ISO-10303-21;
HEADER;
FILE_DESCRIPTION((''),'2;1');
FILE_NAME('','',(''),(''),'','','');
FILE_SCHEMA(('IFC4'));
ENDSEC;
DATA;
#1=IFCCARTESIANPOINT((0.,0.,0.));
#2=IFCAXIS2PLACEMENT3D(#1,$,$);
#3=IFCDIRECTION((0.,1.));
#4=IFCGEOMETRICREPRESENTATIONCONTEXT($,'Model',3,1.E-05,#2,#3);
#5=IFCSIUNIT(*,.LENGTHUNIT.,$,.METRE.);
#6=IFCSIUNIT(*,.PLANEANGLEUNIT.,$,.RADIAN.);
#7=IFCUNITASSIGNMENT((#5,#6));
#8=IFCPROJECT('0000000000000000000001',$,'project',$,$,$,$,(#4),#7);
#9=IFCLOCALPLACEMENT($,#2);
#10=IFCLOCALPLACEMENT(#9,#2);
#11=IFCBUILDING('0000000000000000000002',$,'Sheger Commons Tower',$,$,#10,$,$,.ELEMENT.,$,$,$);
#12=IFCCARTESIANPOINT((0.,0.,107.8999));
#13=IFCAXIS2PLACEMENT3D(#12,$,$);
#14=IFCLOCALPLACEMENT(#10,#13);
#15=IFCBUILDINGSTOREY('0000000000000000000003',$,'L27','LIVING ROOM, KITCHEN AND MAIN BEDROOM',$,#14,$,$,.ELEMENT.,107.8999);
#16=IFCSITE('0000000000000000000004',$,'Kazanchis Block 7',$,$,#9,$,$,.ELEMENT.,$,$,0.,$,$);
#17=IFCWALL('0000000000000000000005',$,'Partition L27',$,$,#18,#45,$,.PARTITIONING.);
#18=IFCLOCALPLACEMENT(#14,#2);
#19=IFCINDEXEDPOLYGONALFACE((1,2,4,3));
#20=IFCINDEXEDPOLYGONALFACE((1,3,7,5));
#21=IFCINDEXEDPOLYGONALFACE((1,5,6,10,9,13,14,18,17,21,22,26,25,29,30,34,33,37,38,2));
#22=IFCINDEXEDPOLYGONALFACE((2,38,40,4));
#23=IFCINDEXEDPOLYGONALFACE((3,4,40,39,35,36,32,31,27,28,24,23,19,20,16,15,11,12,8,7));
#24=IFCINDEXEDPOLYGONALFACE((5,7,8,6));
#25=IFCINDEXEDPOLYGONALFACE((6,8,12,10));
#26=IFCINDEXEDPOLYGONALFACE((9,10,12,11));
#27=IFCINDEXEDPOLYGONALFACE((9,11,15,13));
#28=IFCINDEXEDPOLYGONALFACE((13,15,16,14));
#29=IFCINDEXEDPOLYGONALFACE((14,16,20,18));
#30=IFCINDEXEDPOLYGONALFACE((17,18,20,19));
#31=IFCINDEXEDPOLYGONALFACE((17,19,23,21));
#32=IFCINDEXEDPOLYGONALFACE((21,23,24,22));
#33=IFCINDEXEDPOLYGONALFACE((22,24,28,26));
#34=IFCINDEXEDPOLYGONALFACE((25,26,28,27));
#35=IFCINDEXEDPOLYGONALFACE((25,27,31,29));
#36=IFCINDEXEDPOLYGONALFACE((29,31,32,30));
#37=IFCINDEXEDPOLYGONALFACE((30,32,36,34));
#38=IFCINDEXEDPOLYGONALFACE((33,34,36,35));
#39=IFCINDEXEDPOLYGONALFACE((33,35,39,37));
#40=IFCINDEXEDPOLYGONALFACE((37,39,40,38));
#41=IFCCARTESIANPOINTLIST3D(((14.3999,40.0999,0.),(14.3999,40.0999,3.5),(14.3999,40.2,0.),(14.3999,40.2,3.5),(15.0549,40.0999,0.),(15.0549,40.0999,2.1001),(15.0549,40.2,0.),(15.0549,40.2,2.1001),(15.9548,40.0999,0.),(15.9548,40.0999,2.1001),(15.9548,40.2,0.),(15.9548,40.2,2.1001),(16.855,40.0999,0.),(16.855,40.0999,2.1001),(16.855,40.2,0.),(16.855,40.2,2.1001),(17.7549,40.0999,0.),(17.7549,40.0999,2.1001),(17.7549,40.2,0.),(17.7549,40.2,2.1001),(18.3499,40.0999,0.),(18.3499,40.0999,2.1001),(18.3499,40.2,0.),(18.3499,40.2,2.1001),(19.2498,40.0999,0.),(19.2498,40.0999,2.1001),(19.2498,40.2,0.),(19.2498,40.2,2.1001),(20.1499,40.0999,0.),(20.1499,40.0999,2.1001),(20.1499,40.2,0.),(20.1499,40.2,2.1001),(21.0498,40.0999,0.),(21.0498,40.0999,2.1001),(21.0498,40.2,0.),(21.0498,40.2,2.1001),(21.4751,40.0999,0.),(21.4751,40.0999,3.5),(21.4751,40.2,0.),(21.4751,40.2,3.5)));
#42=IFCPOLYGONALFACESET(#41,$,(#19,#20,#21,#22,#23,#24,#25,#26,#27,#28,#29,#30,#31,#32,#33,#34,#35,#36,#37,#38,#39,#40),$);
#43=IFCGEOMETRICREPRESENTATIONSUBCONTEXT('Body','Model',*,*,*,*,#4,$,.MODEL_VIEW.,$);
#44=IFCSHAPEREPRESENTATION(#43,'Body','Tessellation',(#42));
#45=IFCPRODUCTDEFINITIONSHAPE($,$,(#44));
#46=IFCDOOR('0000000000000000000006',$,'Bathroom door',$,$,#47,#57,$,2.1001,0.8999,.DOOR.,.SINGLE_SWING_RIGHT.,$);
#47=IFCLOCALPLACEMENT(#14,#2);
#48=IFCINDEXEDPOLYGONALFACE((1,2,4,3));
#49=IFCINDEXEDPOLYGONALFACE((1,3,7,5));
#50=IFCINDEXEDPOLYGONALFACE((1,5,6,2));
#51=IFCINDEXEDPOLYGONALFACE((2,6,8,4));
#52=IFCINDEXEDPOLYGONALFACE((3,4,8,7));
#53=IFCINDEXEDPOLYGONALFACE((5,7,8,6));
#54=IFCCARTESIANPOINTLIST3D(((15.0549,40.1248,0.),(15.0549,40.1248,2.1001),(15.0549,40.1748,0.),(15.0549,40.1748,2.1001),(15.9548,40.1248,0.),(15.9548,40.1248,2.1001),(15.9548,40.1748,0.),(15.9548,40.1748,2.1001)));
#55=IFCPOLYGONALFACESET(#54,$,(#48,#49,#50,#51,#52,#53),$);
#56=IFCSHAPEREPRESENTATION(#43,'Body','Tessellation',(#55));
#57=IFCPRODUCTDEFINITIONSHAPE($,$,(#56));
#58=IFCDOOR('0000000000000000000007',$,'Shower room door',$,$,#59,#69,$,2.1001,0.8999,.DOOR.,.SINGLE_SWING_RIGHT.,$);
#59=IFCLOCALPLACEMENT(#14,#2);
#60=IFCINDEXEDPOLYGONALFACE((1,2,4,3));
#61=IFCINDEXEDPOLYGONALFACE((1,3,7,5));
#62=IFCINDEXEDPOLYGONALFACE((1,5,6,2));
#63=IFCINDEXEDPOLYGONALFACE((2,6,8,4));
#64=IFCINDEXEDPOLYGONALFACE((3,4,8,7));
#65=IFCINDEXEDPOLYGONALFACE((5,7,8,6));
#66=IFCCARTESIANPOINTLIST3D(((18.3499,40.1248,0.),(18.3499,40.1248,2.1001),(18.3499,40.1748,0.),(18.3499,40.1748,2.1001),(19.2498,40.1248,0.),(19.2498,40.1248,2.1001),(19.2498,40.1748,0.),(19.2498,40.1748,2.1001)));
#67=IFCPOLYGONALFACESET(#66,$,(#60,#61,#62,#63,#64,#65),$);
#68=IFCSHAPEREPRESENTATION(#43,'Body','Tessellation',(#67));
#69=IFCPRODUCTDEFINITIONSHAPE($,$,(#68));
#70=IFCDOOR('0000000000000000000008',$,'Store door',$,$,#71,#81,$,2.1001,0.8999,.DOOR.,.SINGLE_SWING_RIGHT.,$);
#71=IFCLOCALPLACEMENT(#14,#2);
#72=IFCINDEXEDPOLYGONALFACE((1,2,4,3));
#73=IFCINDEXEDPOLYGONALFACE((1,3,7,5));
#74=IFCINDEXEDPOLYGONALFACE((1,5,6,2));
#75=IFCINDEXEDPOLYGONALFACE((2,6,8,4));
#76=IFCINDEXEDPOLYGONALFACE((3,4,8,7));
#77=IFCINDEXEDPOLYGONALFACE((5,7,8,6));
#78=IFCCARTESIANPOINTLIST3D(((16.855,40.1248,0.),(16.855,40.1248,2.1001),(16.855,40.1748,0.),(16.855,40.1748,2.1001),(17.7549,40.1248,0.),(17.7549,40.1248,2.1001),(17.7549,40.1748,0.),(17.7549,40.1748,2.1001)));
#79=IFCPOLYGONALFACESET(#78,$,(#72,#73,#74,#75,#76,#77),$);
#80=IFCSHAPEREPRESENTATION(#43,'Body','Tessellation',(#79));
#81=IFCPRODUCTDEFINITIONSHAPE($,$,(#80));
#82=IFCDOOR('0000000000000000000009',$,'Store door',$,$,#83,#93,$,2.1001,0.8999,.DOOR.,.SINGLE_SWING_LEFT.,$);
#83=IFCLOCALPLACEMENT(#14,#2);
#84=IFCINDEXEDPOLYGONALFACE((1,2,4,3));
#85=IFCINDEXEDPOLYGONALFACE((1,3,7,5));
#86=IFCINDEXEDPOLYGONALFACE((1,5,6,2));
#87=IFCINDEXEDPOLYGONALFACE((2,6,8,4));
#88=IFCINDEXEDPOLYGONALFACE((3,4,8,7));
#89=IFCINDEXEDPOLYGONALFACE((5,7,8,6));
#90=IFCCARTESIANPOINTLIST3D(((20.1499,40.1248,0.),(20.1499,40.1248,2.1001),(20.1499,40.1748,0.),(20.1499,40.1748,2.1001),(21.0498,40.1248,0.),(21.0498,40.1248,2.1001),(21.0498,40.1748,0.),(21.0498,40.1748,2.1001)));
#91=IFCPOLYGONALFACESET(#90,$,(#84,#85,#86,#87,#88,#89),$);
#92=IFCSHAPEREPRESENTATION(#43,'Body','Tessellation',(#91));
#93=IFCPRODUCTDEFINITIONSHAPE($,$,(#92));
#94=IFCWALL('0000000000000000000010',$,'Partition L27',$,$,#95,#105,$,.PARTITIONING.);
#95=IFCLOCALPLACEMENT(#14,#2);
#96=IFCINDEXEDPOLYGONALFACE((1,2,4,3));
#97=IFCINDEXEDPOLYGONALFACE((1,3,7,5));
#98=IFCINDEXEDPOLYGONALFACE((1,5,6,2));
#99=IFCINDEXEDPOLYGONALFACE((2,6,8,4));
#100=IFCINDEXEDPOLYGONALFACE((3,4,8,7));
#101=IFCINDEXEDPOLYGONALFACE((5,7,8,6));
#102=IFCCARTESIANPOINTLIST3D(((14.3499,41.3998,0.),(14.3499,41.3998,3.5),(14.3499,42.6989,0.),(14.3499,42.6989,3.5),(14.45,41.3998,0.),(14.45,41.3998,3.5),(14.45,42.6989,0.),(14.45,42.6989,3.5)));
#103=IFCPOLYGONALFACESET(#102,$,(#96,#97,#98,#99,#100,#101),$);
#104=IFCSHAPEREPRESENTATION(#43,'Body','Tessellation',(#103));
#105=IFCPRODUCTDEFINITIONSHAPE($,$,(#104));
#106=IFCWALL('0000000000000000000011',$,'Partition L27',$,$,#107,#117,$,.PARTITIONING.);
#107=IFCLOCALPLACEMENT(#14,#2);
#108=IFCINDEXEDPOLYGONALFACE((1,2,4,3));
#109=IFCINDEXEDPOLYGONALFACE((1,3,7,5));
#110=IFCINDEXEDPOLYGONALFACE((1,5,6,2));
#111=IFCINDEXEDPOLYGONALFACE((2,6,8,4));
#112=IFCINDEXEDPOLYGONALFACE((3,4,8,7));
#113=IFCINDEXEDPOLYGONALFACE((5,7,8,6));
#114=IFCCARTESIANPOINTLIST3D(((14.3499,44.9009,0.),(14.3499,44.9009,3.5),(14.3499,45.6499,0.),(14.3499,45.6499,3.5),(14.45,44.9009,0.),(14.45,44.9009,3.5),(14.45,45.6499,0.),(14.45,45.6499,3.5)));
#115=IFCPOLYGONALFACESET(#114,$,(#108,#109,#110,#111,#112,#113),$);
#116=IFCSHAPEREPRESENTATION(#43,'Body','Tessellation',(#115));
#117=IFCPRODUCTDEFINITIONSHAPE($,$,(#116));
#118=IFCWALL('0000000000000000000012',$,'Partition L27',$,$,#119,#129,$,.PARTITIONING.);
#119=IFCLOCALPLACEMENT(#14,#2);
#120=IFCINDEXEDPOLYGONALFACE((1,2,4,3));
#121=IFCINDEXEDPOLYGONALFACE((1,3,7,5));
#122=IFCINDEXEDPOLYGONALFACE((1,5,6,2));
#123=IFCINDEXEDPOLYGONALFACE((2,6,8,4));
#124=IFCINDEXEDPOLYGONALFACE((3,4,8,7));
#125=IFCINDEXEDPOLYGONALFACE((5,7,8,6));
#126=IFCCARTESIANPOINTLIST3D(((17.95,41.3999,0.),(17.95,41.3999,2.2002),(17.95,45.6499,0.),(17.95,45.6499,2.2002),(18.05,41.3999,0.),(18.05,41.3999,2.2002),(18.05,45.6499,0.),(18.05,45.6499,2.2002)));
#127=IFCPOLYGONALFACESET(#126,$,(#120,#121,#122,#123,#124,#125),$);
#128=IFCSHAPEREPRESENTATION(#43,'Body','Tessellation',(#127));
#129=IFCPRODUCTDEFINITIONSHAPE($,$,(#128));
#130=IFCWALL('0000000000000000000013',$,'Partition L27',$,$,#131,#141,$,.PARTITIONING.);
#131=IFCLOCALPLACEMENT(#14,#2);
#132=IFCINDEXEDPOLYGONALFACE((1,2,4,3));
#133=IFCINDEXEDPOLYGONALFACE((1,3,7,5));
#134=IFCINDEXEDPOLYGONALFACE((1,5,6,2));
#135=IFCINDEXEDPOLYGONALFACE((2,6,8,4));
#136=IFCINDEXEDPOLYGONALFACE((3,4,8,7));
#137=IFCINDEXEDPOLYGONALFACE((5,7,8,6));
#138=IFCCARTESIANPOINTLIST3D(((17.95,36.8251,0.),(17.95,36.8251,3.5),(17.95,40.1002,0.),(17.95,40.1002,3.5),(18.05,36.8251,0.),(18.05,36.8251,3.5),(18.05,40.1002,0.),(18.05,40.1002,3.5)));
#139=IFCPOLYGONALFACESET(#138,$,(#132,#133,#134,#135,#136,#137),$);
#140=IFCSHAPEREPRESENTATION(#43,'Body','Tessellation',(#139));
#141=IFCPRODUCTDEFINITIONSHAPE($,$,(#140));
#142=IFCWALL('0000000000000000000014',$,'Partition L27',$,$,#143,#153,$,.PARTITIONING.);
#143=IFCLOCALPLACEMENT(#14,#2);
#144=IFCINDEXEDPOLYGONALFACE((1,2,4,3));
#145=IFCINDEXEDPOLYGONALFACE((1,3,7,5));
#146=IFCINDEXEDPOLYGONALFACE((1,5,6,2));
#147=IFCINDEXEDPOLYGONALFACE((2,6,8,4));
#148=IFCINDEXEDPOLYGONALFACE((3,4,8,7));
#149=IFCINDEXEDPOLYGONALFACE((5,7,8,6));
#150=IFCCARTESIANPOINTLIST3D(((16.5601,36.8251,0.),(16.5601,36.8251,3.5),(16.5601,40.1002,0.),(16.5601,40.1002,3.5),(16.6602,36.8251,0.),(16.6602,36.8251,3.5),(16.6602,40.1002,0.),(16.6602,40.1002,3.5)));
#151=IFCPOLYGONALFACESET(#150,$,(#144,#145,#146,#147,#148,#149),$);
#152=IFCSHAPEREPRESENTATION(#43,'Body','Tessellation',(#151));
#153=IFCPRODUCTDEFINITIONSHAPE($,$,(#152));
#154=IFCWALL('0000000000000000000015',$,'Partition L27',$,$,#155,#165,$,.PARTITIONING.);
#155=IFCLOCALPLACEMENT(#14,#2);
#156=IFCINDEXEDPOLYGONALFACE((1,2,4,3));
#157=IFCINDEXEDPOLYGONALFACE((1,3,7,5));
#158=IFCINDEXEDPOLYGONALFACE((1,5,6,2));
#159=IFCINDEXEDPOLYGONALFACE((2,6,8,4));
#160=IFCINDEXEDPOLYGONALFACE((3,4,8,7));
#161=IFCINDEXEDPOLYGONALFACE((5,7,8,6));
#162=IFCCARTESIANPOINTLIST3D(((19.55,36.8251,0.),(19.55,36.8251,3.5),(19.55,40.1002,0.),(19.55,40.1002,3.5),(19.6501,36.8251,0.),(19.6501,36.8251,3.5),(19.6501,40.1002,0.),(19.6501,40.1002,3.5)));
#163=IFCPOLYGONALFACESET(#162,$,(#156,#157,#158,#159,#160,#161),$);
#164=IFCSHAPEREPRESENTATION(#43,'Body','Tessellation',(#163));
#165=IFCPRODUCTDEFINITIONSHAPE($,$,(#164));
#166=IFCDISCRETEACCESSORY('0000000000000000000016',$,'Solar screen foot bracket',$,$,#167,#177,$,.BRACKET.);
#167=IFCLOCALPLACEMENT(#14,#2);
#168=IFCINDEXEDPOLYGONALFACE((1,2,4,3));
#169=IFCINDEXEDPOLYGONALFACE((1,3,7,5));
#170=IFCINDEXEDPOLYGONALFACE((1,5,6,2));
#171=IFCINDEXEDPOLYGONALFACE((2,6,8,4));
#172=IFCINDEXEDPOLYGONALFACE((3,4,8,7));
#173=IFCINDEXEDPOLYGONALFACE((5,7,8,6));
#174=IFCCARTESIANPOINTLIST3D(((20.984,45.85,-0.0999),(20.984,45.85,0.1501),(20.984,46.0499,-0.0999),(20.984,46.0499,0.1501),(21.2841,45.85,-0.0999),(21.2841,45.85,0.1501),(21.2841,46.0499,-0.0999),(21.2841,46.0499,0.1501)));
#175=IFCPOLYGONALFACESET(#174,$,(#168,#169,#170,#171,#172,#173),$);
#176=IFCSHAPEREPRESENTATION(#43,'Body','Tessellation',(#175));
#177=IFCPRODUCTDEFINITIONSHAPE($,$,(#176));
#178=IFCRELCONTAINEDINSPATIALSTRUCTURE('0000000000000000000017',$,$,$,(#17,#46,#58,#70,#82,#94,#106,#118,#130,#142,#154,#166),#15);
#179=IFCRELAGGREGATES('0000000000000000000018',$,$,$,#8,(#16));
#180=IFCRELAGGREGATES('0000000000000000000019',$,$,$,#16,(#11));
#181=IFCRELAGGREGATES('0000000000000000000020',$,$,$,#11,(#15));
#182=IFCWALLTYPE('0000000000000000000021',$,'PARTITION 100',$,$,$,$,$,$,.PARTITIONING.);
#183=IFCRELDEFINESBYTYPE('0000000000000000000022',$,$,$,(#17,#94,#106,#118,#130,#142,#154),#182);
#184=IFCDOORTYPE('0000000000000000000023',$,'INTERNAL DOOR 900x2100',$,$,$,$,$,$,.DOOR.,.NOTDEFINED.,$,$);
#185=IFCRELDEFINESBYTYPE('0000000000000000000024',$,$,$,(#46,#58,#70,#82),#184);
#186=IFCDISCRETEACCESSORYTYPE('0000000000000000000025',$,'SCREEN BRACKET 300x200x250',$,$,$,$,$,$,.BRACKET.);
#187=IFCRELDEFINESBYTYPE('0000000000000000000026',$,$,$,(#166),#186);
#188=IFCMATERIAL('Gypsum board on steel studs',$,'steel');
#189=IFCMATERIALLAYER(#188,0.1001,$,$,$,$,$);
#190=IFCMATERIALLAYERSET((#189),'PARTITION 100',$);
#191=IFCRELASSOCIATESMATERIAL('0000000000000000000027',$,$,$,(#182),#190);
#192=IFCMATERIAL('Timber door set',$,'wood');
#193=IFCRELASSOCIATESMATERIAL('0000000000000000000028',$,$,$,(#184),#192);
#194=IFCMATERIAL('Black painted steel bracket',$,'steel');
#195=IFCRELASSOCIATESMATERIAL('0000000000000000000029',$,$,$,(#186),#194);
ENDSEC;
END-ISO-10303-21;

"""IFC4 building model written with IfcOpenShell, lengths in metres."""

from ifc_helpers import new_model, si_unit, direction, frame, frame_2d, origin, origin_2d, place, context, subcontext, project, spatial, rectangle, extrude, material, layer, layer_set, type_object, element, fill, save


model = new_model("IFC4")

# Units and contexts
model_context = context("Model", 3, precision=1e-05, world=origin(), true_north=direction((0.0, 1.0)))
body_context = subcontext(model_context, "Body", "Model", "MODEL_VIEW")
ifc_project = project(units=[si_unit("LENGTHUNIT", "METRE"), si_unit("PLANEANGLEUNIT", "RADIAN")], contexts=[model_context])

# Site, building, storey
site_placement = place(None, origin())
site = spatial("IfcSite", under=ifc_project, at=site_placement, Name="Kazanchis Block 7", CompositionType="ELEMENT", RefElevation=0.0)
building_placement = place(site_placement, origin())
building = spatial("IfcBuilding", under=site, at=building_placement, Name="Sheger Commons Tower", CompositionType="ELEMENT")
storey_placement = place(building_placement, frame((0.0, 0.0, 107.8999)))
storey = spatial("IfcBuildingStorey", under=building, at=storey_placement, Name="L27", Description="LIVING ROOM, KITCHEN AND MAIN BEDROOM", CompositionType="ELEMENT", Elevation=107.8999)

# Wall, openings, doors
ifc_material_1 = material(Name="Gypsum board on steel studs", Category="steel")
ifc_layer_1 = layer(ifc_material_1, 0.1001)
ifc_layer_set_1 = layer_set([ifc_layer_1], Name="PARTITION 100")
wall_type_1 = type_object("IfcWallType", Name="PARTITION 100", PredefinedType="PARTITIONING", material=ifc_layer_set_1)
ifc_material_2 = material(Name="Timber door set", Category="wood")
door_type = type_object("IfcDoorType", Name="INTERNAL DOOR 900x2100", OperationType="NOTDEFINED", PredefinedType="DOOR", material=ifc_material_2)
wall_1_placement = place(storey_placement, frame((14.3999, 40.1499, 0.0), z_axis=(0.0, 0.0, 1.0), x_axis=(1.0, 0.0, 0.0)))
wall_1 = element("IfcWall", 1, at=wall_1_placement, inside=storey, type_object=wall_type_1, Name="Partition L27", PredefinedType="PARTITIONING", context=body_context, shape_type="SweptSolid", body=[
    extrude(rectangle(XDim=7.0752, YDim=0.1001, at=frame_2d((3.5376, 0.0))), origin(), (0.0, 0.0, 1.0), 3.5),
])
opening_1_placement = place(wall_1_placement, frame((0.655, 0.0, 0.0)))
opening_1 = element("IfcOpeningElement", 2, at=opening_1_placement, cuts=wall_1, PredefinedType="OPENING", context=body_context, shape_type="SweptSolid", body=[
    extrude(rectangle(XDim=0.8999, YDim=2.1001, at=frame_2d((0.45, 1.05))), frame((0.0, 0.0601, 0.0), z_axis=(0.0, -1.0, 0.0), x_axis=(1.0, 0.0, 0.0)), (0.0, 0.0, 1.0), 0.1201),
])
opening_2_placement = place(wall_1_placement, frame((3.95, 0.0, 0.0)))
opening_2 = element("IfcOpeningElement", 3, at=opening_2_placement, cuts=wall_1, PredefinedType="OPENING", context=body_context, shape_type="SweptSolid", body=[
    extrude(rectangle(XDim=0.8999, YDim=2.1001, at=frame_2d((0.45, 1.05))), frame((0.0, 0.0601, 0.0), z_axis=(0.0, -1.0, 0.0), x_axis=(1.0, 0.0, 0.0)), (0.0, 0.0, 1.0), 0.1201),
])
opening_3_placement = place(wall_1_placement, frame((2.4551, 0.0, 0.0)))
opening_3 = element("IfcOpeningElement", 4, at=opening_3_placement, cuts=wall_1, PredefinedType="OPENING", context=body_context, shape_type="SweptSolid", body=[
    extrude(rectangle(XDim=0.8999, YDim=2.1001, at=frame_2d((0.45, 1.05))), frame((0.0, 0.0601, 0.0), z_axis=(0.0, -1.0, 0.0), x_axis=(1.0, 0.0, 0.0)), (0.0, 0.0, 1.0), 0.1201),
])
opening_4_placement = place(wall_1_placement, frame((5.75, 0.0, 0.0)))
opening_4 = element("IfcOpeningElement", 5, at=opening_4_placement, cuts=wall_1, PredefinedType="OPENING", context=body_context, shape_type="SweptSolid", body=[
    extrude(rectangle(XDim=0.8999, YDim=2.1001, at=frame_2d((0.45, 1.05))), frame((0.0, 0.0601, 0.0), z_axis=(0.0, -1.0, 0.0), x_axis=(1.0, 0.0, 0.0)), (0.0, 0.0, 1.0), 0.1201),
])
door_1_placement = place(opening_1_placement, origin())
door_1 = element("IfcDoor", 6, at=door_1_placement, inside=storey, type_object=door_type, Name="Bathroom door", OperationType="SINGLE_SWING_RIGHT", OverallHeight=2.1001, OverallWidth=0.8999, PredefinedType="DOOR", context=body_context, shape_type="SweptSolid", body=[
    extrude(rectangle(XDim=0.8999, YDim=2.1001, at=frame_2d((0.45, 1.05))), frame((0.0, 0.0249, 0.0), z_axis=(0.0, -1.0, 0.0), x_axis=(1.0, 0.0, 0.0)), (0.0, 0.0, 1.0), 0.05),
])
fill(opening_1, door_1)
door_2_placement = place(opening_2_placement, origin())
door_2 = element("IfcDoor", 7, at=door_2_placement, inside=storey, type_object=door_type, Name="Shower room door", OperationType="SINGLE_SWING_RIGHT", OverallHeight=2.1001, OverallWidth=0.8999, PredefinedType="DOOR", context=body_context, shape_type="SweptSolid", body=[
    extrude(rectangle(XDim=0.8999, YDim=2.1001, at=frame_2d((0.45, 1.05))), frame((0.0, 0.0249, 0.0), z_axis=(0.0, -1.0, 0.0), x_axis=(1.0, 0.0, 0.0)), (0.0, 0.0, 1.0), 0.05),
])
fill(opening_2, door_2)
door_3_placement = place(opening_3_placement, origin())
door_3 = element("IfcDoor", 8, at=door_3_placement, inside=storey, type_object=door_type, Name="Store door", OperationType="SINGLE_SWING_RIGHT", OverallHeight=2.1001, OverallWidth=0.8999, PredefinedType="DOOR", context=body_context, shape_type="SweptSolid", body=[
    extrude(rectangle(XDim=0.8999, YDim=2.1001, at=frame_2d((0.45, 1.05))), frame((0.0, 0.0249, 0.0), z_axis=(0.0, -1.0, 0.0), x_axis=(1.0, 0.0, 0.0)), (0.0, 0.0, 1.0), 0.05),
])
fill(opening_3, door_3)
door_4_placement = place(opening_4_placement, origin())
door_4 = element("IfcDoor", 9, at=door_4_placement, inside=storey, type_object=door_type, Name="Store door", OperationType="SINGLE_SWING_LEFT", OverallHeight=2.1001, OverallWidth=0.8999, PredefinedType="DOOR", context=body_context, shape_type="SweptSolid", body=[
    extrude(rectangle(XDim=0.8999, YDim=2.1001, at=frame_2d((0.45, 1.05))), frame((0.0, 0.0249, 0.0), z_axis=(0.0, -1.0, 0.0), x_axis=(1.0, 0.0, 0.0)), (0.0, 0.0, 1.0), 0.05),
])
fill(opening_4, door_4)

# Walls
wall_2_placement = place(storey_placement, frame((14.3999, 41.3999, 0.0), z_axis=(0.0, 0.0, 1.0), x_axis=(0.0, 1.0, 0.0)))
element("IfcWall", 10, at=wall_2_placement, inside=storey, type_object=wall_type_1, Name="Partition L27", PredefinedType="PARTITIONING", context=body_context, shape_type="SweptSolid", body=[
    extrude(rectangle(XDim=1.2991, YDim=0.1001, at=frame_2d((0.6494, 0.0))), origin(), (0.0, 0.0, 1.0), 3.5),
])
wall_3_placement = place(storey_placement, frame((14.3999, 44.9009, 0.0), z_axis=(0.0, 0.0, 1.0), x_axis=(0.0, 1.0, 0.0)))
element("IfcWall", 11, at=wall_3_placement, inside=storey, type_object=wall_type_1, Name="Partition L27", PredefinedType="PARTITIONING", context=body_context, shape_type="SweptSolid", body=[
    extrude(rectangle(XDim=0.749, YDim=0.1001, at=frame_2d((0.3745, 0.0))), origin(), (0.0, 0.0, 1.0), 3.5),
])
wall_4_placement = place(storey_placement, frame((18.0, 41.3999, 0.0), z_axis=(0.0, 0.0, 1.0), x_axis=(0.0, 1.0, 0.0)))
element("IfcWall", 12, at=wall_4_placement, inside=storey, type_object=wall_type_1, Name="Partition L27", PredefinedType="PARTITIONING", context=body_context, shape_type="SweptSolid", body=[
    extrude(rectangle(XDim=4.25, YDim=0.1001, at=frame_2d((2.125, 0.0))), origin(), (0.0, 0.0, 1.0), 2.2002),
])
for number, where, z_axis, x_axis, name in (
    (13, (18.0, 36.825, 0.0), (0.0, 0.0, 1.0), (0.0, 1.0, 0.0), "Partition L27"),
    (14, (16.6101, 36.825, 0.0), (0.0, 0.0, 1.0), (0.0, 1.0, 0.0), "Partition L27"),
    (15, (19.6001, 36.825, 0.0), (0.0, 0.0, 1.0), (0.0, 1.0, 0.0), "Partition L27"),
):
    element("IfcWall", number, at=place(storey_placement, frame(where, z_axis=z_axis, x_axis=x_axis)), inside=storey, type_object=wall_type_1, Name=name, PredefinedType="PARTITIONING", context=body_context, shape_type="SweptSolid", body=[
        extrude(rectangle(XDim=3.2751, YDim=0.1001, at=frame_2d((1.6377, 0.0))), origin(), (0.0, 0.0, 1.0), 3.5),
    ])

# Discrete accessory
ifc_material_3 = material(Name="Black painted steel bracket", Category="steel")
discrete_accessory_type = type_object("IfcDiscreteAccessoryType", Name="SCREEN BRACKET 300x200x250", PredefinedType="BRACKET", material=ifc_material_3)
for number, where, z_axis, x_axis, name in (
    (16, (21.134, 45.95, -0.0999), (0.0, 0.0, 1.0), (-1.0, 0.0, 0.0), "Solar screen foot bracket"),
):
    element("IfcDiscreteAccessory", number, at=place(storey_placement, frame(where, z_axis=z_axis, x_axis=x_axis)), inside=storey, type_object=discrete_accessory_type, Name=name, PredefinedType="BRACKET", context=body_context, shape_type="SweptSolid", body=[
        extrude(rectangle(XDim=0.3, YDim=0.2, at=origin_2d()), origin(), (0.0, 0.0, 1.0), 0.25),
    ])

save(model, "model.ifc")
